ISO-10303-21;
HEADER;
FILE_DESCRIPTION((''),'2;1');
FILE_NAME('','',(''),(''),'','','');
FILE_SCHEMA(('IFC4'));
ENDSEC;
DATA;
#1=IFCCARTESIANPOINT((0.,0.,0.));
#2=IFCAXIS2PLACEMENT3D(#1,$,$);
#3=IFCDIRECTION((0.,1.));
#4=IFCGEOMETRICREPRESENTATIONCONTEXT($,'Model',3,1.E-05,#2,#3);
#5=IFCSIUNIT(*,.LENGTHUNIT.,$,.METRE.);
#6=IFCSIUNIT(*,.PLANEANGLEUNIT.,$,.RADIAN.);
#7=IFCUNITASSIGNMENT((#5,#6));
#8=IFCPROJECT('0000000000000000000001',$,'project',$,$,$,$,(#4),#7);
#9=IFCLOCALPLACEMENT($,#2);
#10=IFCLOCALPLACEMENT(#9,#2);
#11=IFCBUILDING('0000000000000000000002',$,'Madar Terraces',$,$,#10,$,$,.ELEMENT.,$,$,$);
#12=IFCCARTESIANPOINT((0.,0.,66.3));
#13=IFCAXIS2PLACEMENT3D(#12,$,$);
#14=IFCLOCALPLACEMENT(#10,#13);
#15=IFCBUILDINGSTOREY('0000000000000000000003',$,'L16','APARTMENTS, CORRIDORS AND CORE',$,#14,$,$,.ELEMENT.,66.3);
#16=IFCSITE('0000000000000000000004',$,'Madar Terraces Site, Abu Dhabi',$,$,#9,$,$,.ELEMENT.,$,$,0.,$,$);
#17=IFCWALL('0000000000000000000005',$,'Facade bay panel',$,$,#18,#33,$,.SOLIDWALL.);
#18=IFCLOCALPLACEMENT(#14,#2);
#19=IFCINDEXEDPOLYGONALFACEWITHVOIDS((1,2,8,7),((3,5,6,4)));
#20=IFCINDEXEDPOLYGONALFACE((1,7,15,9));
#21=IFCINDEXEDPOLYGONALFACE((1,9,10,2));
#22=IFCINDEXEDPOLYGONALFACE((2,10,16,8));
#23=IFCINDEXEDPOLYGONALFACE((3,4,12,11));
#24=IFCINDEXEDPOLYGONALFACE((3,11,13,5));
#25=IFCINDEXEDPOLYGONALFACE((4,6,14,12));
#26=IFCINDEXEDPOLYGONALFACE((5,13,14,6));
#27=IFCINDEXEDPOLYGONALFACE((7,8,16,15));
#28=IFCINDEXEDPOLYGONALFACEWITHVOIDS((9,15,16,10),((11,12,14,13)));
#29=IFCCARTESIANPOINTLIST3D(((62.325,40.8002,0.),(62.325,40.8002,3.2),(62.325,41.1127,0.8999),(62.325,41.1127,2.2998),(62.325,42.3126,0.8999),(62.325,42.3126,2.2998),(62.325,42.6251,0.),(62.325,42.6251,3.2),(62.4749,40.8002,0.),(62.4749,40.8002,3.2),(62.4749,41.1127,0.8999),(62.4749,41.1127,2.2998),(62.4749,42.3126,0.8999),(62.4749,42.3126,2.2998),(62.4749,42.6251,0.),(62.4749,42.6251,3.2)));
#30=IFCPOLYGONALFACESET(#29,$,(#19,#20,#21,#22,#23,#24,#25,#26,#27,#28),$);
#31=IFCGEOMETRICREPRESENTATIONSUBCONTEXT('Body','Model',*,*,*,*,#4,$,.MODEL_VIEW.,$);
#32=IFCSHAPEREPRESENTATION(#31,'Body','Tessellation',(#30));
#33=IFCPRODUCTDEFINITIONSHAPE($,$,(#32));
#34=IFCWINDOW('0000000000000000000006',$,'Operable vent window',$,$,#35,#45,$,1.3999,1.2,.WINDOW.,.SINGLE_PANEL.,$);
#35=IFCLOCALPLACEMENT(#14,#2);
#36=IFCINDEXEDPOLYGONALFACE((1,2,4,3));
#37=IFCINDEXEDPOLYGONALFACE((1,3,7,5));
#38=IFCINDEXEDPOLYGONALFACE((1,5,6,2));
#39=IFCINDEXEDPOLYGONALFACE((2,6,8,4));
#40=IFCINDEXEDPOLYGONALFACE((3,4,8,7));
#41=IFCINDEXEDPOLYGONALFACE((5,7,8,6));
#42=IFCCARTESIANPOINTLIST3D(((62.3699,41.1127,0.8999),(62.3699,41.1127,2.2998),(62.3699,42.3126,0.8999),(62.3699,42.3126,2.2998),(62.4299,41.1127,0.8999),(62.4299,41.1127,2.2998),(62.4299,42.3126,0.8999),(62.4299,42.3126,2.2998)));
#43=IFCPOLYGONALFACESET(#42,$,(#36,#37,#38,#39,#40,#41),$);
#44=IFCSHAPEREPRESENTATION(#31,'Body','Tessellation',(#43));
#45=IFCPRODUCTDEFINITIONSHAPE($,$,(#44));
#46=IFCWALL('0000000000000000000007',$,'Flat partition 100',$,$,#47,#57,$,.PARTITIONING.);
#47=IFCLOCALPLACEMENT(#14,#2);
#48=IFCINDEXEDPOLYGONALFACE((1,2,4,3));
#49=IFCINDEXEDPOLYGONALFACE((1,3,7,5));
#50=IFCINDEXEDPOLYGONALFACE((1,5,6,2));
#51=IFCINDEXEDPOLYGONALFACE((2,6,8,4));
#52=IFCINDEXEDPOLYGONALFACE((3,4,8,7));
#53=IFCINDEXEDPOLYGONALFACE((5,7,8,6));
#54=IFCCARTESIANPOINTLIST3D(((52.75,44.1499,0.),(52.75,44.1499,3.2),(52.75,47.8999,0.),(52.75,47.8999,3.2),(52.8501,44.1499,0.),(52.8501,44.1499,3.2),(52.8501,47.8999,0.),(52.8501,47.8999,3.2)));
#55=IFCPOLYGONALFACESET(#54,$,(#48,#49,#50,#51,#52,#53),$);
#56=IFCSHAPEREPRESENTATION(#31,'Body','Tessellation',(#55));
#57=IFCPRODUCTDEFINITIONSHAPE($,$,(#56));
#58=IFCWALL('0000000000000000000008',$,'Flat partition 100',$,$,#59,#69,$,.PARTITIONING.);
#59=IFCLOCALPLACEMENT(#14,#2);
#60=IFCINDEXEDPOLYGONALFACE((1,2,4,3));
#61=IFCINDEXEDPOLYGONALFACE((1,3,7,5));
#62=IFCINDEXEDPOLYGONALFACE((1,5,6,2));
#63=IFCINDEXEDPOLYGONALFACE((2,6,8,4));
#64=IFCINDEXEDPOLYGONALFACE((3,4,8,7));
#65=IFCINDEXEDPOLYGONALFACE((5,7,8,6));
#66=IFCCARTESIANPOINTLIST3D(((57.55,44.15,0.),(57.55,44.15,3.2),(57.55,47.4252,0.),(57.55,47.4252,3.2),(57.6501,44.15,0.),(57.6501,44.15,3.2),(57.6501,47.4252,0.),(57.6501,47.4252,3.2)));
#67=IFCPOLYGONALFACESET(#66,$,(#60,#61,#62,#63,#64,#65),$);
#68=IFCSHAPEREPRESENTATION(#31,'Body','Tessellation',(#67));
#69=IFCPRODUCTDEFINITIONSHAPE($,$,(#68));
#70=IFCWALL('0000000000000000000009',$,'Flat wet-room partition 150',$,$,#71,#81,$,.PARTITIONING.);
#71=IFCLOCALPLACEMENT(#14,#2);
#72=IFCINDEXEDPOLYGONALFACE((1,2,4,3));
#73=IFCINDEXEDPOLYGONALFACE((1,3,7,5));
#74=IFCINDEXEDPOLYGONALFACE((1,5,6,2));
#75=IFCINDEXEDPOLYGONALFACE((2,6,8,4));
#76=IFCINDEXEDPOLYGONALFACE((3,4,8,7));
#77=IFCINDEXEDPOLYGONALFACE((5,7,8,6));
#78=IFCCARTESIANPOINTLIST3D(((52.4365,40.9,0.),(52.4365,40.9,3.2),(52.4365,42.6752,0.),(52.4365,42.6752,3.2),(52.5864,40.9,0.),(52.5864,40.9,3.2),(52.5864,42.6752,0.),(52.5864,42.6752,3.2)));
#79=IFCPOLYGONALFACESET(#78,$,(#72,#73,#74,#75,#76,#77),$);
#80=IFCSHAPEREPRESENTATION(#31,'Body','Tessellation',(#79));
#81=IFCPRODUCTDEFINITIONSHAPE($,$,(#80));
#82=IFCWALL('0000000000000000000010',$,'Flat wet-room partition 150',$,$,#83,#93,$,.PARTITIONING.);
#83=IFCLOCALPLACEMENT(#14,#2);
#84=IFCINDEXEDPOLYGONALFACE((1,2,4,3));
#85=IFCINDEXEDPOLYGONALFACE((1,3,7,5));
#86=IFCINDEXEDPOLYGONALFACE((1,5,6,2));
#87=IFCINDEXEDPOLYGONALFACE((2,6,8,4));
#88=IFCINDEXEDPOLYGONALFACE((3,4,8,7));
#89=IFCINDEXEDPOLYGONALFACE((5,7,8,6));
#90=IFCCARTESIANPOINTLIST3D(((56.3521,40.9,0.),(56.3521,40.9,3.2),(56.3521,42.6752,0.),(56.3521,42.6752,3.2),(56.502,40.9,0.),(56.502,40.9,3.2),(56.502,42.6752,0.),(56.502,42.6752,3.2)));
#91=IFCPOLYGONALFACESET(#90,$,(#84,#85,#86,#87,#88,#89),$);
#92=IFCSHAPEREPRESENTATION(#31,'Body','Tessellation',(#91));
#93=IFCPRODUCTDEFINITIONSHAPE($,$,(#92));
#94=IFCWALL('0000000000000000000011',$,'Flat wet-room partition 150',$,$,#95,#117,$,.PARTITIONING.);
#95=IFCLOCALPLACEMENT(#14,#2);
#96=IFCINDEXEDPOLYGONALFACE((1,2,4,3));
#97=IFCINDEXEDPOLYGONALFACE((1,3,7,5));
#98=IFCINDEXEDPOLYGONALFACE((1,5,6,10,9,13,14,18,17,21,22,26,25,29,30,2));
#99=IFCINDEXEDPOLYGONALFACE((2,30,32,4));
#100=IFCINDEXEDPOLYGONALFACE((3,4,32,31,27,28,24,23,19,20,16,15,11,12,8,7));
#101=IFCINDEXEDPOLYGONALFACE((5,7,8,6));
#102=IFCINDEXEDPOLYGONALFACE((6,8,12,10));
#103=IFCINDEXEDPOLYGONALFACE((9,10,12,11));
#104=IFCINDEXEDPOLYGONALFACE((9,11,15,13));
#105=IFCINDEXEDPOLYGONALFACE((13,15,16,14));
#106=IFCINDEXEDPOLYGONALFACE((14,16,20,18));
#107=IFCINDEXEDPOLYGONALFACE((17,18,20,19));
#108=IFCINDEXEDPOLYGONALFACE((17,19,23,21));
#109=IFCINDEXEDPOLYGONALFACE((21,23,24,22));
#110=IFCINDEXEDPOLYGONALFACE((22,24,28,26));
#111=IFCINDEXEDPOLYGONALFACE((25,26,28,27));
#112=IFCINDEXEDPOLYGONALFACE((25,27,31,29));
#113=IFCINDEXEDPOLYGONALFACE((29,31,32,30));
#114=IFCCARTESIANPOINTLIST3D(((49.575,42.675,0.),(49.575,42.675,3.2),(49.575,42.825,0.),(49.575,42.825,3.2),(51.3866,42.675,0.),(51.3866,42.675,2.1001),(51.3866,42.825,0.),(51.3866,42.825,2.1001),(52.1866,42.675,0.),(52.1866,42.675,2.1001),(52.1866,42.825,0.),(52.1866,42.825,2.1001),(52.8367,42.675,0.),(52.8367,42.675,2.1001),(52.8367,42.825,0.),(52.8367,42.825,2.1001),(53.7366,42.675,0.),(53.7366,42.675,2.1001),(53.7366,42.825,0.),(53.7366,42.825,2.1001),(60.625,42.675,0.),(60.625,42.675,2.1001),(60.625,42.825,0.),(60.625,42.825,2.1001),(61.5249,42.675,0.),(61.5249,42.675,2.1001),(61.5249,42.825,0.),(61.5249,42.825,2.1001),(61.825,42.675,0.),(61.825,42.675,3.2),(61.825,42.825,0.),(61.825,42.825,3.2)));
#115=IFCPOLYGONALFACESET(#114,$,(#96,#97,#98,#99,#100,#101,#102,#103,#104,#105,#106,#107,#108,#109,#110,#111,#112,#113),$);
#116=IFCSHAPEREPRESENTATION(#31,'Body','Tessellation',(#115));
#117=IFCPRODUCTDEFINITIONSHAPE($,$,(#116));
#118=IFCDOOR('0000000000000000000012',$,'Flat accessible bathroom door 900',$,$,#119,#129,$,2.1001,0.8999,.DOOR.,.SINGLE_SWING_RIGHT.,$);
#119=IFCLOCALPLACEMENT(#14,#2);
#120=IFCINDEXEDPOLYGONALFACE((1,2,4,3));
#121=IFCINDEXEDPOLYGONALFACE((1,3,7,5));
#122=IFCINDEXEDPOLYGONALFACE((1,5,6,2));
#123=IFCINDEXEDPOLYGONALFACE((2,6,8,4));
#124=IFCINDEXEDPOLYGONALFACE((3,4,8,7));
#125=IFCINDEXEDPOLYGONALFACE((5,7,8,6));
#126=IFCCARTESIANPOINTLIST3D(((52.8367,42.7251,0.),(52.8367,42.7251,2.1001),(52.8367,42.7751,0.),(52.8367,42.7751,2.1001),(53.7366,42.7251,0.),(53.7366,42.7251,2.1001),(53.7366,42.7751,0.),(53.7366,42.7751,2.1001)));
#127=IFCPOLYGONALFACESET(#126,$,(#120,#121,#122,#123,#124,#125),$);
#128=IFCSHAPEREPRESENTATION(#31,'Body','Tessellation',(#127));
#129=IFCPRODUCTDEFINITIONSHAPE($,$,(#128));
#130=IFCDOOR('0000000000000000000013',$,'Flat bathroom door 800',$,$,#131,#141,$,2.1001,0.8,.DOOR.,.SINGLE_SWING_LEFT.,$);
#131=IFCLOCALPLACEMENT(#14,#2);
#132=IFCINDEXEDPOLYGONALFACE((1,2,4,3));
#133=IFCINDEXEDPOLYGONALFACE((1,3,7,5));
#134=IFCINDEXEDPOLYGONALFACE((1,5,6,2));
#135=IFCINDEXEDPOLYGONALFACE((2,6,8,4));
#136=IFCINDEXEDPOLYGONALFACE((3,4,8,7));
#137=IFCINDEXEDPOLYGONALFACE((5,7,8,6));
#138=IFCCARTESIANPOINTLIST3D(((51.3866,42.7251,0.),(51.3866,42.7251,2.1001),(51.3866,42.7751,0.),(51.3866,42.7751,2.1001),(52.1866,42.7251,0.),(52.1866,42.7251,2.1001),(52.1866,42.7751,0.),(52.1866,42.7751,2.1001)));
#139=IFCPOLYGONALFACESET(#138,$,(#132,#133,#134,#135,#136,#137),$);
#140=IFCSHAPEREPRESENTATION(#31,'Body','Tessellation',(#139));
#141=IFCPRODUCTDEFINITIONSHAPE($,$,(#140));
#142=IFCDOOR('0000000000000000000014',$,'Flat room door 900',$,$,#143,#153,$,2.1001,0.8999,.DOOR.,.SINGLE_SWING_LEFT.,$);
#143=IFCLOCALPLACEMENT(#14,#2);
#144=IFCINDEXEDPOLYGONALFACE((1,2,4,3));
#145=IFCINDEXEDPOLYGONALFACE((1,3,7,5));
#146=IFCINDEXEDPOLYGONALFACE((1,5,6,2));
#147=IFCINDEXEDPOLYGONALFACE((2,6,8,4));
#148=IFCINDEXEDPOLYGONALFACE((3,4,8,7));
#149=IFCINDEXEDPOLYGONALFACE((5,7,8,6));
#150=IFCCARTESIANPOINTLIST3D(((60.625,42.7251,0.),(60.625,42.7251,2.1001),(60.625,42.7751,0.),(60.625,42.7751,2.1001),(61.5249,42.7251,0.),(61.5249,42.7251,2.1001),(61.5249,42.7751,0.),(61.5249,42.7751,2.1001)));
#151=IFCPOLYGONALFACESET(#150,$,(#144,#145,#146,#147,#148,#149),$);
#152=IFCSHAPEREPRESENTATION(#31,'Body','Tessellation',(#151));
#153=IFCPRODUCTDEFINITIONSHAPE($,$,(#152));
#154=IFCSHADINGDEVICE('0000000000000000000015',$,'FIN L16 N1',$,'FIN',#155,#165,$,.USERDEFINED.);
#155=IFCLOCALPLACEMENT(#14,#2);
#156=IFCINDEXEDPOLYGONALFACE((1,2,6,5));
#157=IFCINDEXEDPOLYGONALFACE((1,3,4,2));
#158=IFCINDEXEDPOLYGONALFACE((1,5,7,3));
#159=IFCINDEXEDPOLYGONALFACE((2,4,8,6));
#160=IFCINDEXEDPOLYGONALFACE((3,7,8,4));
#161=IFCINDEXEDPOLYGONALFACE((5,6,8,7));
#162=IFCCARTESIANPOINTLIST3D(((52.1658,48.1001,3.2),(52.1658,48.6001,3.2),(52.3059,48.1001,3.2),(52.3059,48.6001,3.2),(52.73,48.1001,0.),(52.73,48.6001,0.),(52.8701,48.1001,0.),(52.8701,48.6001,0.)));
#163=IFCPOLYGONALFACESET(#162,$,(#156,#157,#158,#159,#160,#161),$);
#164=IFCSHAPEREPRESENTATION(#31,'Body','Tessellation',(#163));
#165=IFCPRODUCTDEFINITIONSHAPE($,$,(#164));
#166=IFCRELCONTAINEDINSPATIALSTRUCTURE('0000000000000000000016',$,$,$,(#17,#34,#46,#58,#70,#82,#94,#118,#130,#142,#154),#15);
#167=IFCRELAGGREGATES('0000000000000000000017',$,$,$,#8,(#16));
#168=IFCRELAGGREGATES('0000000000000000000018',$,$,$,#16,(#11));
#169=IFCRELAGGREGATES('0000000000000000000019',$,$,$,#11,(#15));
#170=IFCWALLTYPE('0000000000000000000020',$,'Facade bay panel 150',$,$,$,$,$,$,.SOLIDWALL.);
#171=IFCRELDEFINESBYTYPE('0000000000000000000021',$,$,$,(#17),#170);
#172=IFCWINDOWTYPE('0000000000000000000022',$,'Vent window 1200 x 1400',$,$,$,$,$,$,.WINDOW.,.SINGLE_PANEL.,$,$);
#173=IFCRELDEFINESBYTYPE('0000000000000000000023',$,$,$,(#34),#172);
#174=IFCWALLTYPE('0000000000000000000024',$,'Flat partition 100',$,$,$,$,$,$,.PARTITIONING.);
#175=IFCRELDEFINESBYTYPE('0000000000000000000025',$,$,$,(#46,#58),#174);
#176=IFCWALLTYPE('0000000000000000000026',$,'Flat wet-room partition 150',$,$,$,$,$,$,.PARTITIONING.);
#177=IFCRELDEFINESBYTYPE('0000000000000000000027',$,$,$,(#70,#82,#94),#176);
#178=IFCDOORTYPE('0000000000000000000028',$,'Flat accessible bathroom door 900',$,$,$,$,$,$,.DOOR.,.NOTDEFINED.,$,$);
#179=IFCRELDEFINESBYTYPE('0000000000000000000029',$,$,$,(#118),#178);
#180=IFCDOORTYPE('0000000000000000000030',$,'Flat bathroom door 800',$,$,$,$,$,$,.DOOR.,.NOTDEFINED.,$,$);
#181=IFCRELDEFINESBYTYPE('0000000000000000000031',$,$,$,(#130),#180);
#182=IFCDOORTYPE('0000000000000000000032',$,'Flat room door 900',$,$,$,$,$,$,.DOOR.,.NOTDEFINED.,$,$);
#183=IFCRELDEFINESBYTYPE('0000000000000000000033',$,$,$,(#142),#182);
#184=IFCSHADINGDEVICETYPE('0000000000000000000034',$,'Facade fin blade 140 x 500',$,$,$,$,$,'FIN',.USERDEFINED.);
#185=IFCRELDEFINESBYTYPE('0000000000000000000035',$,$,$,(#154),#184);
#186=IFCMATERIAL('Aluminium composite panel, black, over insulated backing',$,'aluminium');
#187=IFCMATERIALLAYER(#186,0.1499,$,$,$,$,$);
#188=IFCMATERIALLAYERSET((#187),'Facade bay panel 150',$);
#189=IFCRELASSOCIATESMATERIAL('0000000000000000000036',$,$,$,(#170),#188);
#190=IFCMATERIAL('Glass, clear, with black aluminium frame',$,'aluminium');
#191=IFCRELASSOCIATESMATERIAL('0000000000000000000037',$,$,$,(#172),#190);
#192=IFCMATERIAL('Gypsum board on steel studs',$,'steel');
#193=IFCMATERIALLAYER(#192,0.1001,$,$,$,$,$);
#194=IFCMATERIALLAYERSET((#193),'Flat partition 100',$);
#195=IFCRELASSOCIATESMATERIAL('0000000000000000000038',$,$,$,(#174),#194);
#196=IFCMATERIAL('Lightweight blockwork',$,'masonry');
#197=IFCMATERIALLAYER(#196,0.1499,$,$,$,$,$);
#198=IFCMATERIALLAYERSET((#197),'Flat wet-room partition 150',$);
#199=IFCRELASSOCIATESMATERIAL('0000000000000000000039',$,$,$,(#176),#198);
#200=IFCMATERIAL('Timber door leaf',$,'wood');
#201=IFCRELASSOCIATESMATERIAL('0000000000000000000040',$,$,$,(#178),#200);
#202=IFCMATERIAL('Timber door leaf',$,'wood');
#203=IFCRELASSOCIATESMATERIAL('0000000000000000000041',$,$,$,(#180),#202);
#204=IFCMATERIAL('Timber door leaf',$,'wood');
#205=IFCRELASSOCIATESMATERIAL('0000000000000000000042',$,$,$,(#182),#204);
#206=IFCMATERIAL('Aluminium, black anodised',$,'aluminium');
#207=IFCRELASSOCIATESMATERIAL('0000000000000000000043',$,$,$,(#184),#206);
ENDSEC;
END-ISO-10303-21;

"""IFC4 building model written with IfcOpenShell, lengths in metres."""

from ifc_helpers import new_model, si_unit, direction, frame, frame_2d, origin, place, context, subcontext, project, spatial, polyline, rectangle, outline, extrude, material, layer, layer_set, type_object, element, fill, save


model = new_model("IFC4")

# Units and contexts
model_context = context("Model", 3, precision=1e-05, world=origin(), true_north=direction((0.0, 1.0)))
body_context = subcontext(model_context, "Body", "Model", "MODEL_VIEW")
ifc_project = project(units=[si_unit("LENGTHUNIT", "METRE"), si_unit("PLANEANGLEUNIT", "RADIAN")], contexts=[model_context])

# Site, building, storey
site_placement = place(None, origin())
site = spatial("IfcSite", under=ifc_project, at=site_placement, Name="Madar Terraces Site, Abu Dhabi", CompositionType="ELEMENT", RefElevation=0.0)
building_placement = place(site_placement, origin())
building = spatial("IfcBuilding", under=site, at=building_placement, Name="Madar Terraces", CompositionType="ELEMENT")
storey_placement = place(building_placement, frame((0.0, 0.0, 66.3)))
storey = spatial("IfcBuildingStorey", under=building, at=storey_placement, Name="L16", Description="APARTMENTS, CORRIDORS AND CORE", CompositionType="ELEMENT", Elevation=66.3)

# Wall, opening, window
ifc_material_1 = material(Name="Aluminium composite panel, black, over insulated backing", Category="aluminium")
ifc_layer_1 = layer(ifc_material_1, 0.1499)
ifc_layer_set_1 = layer_set([ifc_layer_1], Name="Facade bay panel 150")
wall_type_1 = type_object("IfcWallType", Name="Facade bay panel 150", PredefinedType="SOLIDWALL", material=ifc_layer_set_1)
wall_1_placement = place(storey_placement, frame((62.3999, 40.8, 0.0), z_axis=(0.0, 0.0, 1.0), x_axis=(0.0, 1.0, 0.0)))
wall_1 = element("IfcWall", 1, at=wall_1_placement, inside=storey, type_object=wall_type_1, Name="Facade bay panel", PredefinedType="SOLIDWALL", context=body_context, shape_type="SweptSolid", body=[
    extrude(rectangle(XDim=1.825, YDim=0.1499, at=frame_2d((0.9126, 0.0))), origin(), (0.0, 0.0, 1.0), 3.2),
])
opening_1_placement = place(wall_1_placement, frame((0.3125, 0.0, 0.8999)))
opening_1 = element("IfcOpeningElement", 2, at=opening_1_placement, cuts=wall_1, PredefinedType="OPENING", context=body_context, shape_type="SweptSolid", body=[
    extrude(rectangle(XDim=1.2, YDim=1.3999, at=frame_2d((0.6001, 0.7))), frame((0.0, 0.085, 0.0), z_axis=(0.0, -1.0, 0.0), x_axis=(1.0, 0.0, 0.0)), (0.0, 0.0, 1.0), 0.1699),
])
ifc_material_2 = material(Name="Glass, clear, with black aluminium frame", Category="aluminium")
window_type = type_object("IfcWindowType", Name="Vent window 1200 x 1400", PartitioningType="SINGLE_PANEL", PredefinedType="WINDOW", material=ifc_material_2)
window_placement = place(opening_1_placement, origin())
window = element("IfcWindow", 3, at=window_placement, inside=storey, type_object=window_type, Name="Operable vent window", OverallHeight=1.3999, OverallWidth=1.2, PartitioningType="SINGLE_PANEL", PredefinedType="WINDOW", context=body_context, shape_type="SweptSolid", body=[
    extrude(rectangle(XDim=1.2, YDim=1.3999, at=frame_2d((0.6001, 0.7))), frame((0.0, 0.03, 0.0), z_axis=(0.0, -1.0, 0.0), x_axis=(1.0, 0.0, 0.0)), (0.0, 0.0, 1.0), 0.0601),
])
fill(opening_1, window)

# Walls
ifc_material_3 = material(Name="Gypsum board on steel studs", Category="steel")
ifc_layer_2 = layer(ifc_material_3, 0.1001)
ifc_layer_set_2 = layer_set([ifc_layer_2], Name="Flat partition 100")
wall_type_2 = type_object("IfcWallType", Name="Flat partition 100", PredefinedType="PARTITIONING", material=ifc_layer_set_2)
wall_2_placement = place(storey_placement, frame((52.8, 44.1499, 0.0), z_axis=(0.0, 0.0, 1.0), x_axis=(0.0, 1.0, 0.0)))
element("IfcWall", 4, at=wall_2_placement, inside=storey, type_object=wall_type_2, Name="Flat partition 100", PredefinedType="PARTITIONING", context=body_context, shape_type="SweptSolid", body=[
    extrude(rectangle(XDim=3.75, YDim=0.1001, at=frame_2d((1.875, 0.0))), origin(), (0.0, 0.0, 1.0), 3.2),
])
wall_3_placement = place(storey_placement, frame((57.6001, 44.1499, 0.0), z_axis=(0.0, 0.0, 1.0), x_axis=(0.0, 1.0, 0.0)))
element("IfcWall", 5, at=wall_3_placement, inside=storey, type_object=wall_type_2, Name="Flat partition 100", PredefinedType="PARTITIONING", context=body_context, shape_type="SweptSolid", body=[
    extrude(rectangle(XDim=3.2751, YDim=0.1001, at=frame_2d((1.6377, 0.0))), origin(), (0.0, 0.0, 1.0), 3.2),
])
ifc_material_4 = material(Name="Lightweight blockwork", Category="masonry")
ifc_layer_3 = layer(ifc_material_4, 0.1499)
ifc_layer_set_3 = layer_set([ifc_layer_3], Name="Flat wet-room partition 150")
wall_type_3 = type_object("IfcWallType", Name="Flat wet-room partition 150", PredefinedType="PARTITIONING", material=ifc_layer_set_3)
for number, where, z_axis, x_axis, name in (
    (6, (52.5115, 40.8999, 0.0), (0.0, 0.0, 1.0), (0.0, 1.0, 0.0), "Flat wet-room partition 150"),
    (7, (56.427, 40.8999, 0.0), (0.0, 0.0, 1.0), (0.0, 1.0, 0.0), "Flat wet-room partition 150"),
):
    element("IfcWall", number, at=place(storey_placement, frame(where, z_axis=z_axis, x_axis=x_axis)), inside=storey, type_object=wall_type_3, Name=name, PredefinedType="PARTITIONING", context=body_context, shape_type="SweptSolid", body=[
        extrude(rectangle(XDim=1.7751, YDim=0.1499, at=frame_2d((0.8877, 0.0))), origin(), (0.0, 0.0, 1.0), 3.2),
    ])

# Wall, openings, doors
wall_4_placement = place(storey_placement, frame((61.825, 42.75, 0.0), z_axis=(0.0, 0.0, 1.0), x_axis=(-1.0, 0.0, 0.0)))
wall_4 = element("IfcWall", 8, at=wall_4_placement, inside=storey, type_object=wall_type_3, Name="Flat wet-room partition 150", PredefinedType="PARTITIONING", context=body_context, shape_type="SweptSolid", body=[
    extrude(rectangle(XDim=12.25, YDim=0.1499, at=frame_2d((6.125, 0.0))), origin(), (0.0, 0.0, 1.0), 3.2),
])
opening_2_placement = place(wall_4_placement, frame((9.6384, 0.0, 0.0)))
opening_2 = element("IfcOpeningElement", 9, at=opening_2_placement, cuts=wall_4, PredefinedType="OPENING", context=body_context, shape_type="SweptSolid", body=[
    extrude(rectangle(XDim=0.8, YDim=2.1001, at=frame_2d((0.3999, 1.05))), frame((0.0, 0.085, 0.0), z_axis=(0.0, -1.0, 0.0), x_axis=(1.0, 0.0, 0.0)), (0.0, 0.0, 1.0), 0.1699),
])
opening_3_placement = place(wall_4_placement, frame((8.0884, 0.0, 0.0)))
opening_3 = element("IfcOpeningElement", 10, at=opening_3_placement, cuts=wall_4, PredefinedType="OPENING", context=body_context, shape_type="SweptSolid", body=[
    extrude(rectangle(XDim=0.8999, YDim=2.1001, at=frame_2d((0.45, 1.05))), frame((0.0, 0.085, 0.0), z_axis=(0.0, -1.0, 0.0), x_axis=(1.0, 0.0, 0.0)), (0.0, 0.0, 1.0), 0.1699),
])
opening_4_placement = place(wall_4_placement, frame((0.3, 0.0, 0.0)))
opening_4 = element("IfcOpeningElement", 11, at=opening_4_placement, cuts=wall_4, PredefinedType="OPENING", context=body_context, shape_type="SweptSolid", body=[
    extrude(rectangle(XDim=0.8999, YDim=2.1001, at=frame_2d((0.45, 1.05))), frame((0.0, 0.085, 0.0), z_axis=(0.0, -1.0, 0.0), x_axis=(1.0, 0.0, 0.0)), (0.0, 0.0, 1.0), 0.1699),
])
ifc_material_5 = material(Name="Timber door leaf", Category="wood")
door_type_1 = type_object("IfcDoorType", Name="Flat accessible bathroom door 900", OperationType="NOTDEFINED", PredefinedType="DOOR", material=ifc_material_5)
door_1_placement = place(opening_3_placement, origin())
door_1 = element("IfcDoor", 12, at=door_1_placement, inside=storey, type_object=door_type_1, Name="Flat accessible bathroom door 900", OperationType="SINGLE_SWING_RIGHT", OverallHeight=2.1001, OverallWidth=0.8999, PredefinedType="DOOR", context=body_context, shape_type="SweptSolid", body=[
    extrude(rectangle(XDim=0.8999, YDim=2.1001, at=frame_2d((0.45, 1.05))), frame((0.0, 0.0249, 0.0), z_axis=(0.0, -1.0, 0.0), x_axis=(1.0, 0.0, 0.0)), (0.0, 0.0, 1.0), 0.05),
])
fill(opening_3, door_1)
ifc_material_6 = material(Name="Timber door leaf", Category="wood")
door_type_2 = type_object("IfcDoorType", Name="Flat bathroom door 800", OperationType="NOTDEFINED", PredefinedType="DOOR", material=ifc_material_6)
door_2_placement = place(opening_2_placement, origin())
door_2 = element("IfcDoor", 13, at=door_2_placement, inside=storey, type_object=door_type_2, Name="Flat bathroom door 800", OperationType="SINGLE_SWING_LEFT", OverallHeight=2.1001, OverallWidth=0.8, PredefinedType="DOOR", context=body_context, shape_type="SweptSolid", body=[
    extrude(rectangle(XDim=0.8, YDim=2.1001, at=frame_2d((0.3999, 1.05))), frame((0.0, 0.0249, 0.0), z_axis=(0.0, -1.0, 0.0), x_axis=(1.0, 0.0, 0.0)), (0.0, 0.0, 1.0), 0.05),
])
fill(opening_2, door_2)
ifc_material_7 = material(Name="Timber door leaf", Category="wood")
door_type_3 = type_object("IfcDoorType", Name="Flat room door 900", OperationType="NOTDEFINED", PredefinedType="DOOR", material=ifc_material_7)
door_3_placement = place(opening_4_placement, origin())
door_3 = element("IfcDoor", 14, at=door_3_placement, inside=storey, type_object=door_type_3, Name="Flat room door 900", OperationType="SINGLE_SWING_LEFT", OverallHeight=2.1001, OverallWidth=0.8999, PredefinedType="DOOR", context=body_context, shape_type="SweptSolid", body=[
    extrude(rectangle(XDim=0.8999, YDim=2.1001, at=frame_2d((0.45, 1.05))), frame((0.0, 0.0249, 0.0), z_axis=(0.0, -1.0, 0.0), x_axis=(1.0, 0.0, 0.0)), (0.0, 0.0, 1.0), 0.05),
])
fill(opening_4, door_3)

# Shading device
ifc_material_8 = material(Name="Aluminium, black anodised", Category="aluminium")
shading_device_type = type_object("IfcShadingDeviceType", Name="Facade fin blade 140 x 500", ElementType="FIN", PredefinedType="USERDEFINED", material=ifc_material_8)
shading_device_1_placement = place(storey_placement, frame((52.8701, 48.3501, 0.0), z_axis=(0.0, 0.0, 1.0), x_axis=(-1.0, 0.0, 0.0)))
element("IfcShadingDevice", 15, at=shading_device_1_placement, inside=storey, type_object=shading_device_type, Name="FIN L16 N1", ObjectType="FIN", PredefinedType="USERDEFINED", context=body_context, shape_type="SweptSolid", body=[
    extrude(outline(polyline([(0.0, 0.0), (0.1401, 0.0), (0.7043, 3.2), (0.5642, 3.2), (0.0, 0.0)])), frame((0.0, 0.25, 0.0), z_axis=(0.0, -1.0, 0.0), x_axis=(1.0, 0.0, 0.0)), (0.0, 0.0, 1.0), 0.5),
])

save(model, "model.ifc")
